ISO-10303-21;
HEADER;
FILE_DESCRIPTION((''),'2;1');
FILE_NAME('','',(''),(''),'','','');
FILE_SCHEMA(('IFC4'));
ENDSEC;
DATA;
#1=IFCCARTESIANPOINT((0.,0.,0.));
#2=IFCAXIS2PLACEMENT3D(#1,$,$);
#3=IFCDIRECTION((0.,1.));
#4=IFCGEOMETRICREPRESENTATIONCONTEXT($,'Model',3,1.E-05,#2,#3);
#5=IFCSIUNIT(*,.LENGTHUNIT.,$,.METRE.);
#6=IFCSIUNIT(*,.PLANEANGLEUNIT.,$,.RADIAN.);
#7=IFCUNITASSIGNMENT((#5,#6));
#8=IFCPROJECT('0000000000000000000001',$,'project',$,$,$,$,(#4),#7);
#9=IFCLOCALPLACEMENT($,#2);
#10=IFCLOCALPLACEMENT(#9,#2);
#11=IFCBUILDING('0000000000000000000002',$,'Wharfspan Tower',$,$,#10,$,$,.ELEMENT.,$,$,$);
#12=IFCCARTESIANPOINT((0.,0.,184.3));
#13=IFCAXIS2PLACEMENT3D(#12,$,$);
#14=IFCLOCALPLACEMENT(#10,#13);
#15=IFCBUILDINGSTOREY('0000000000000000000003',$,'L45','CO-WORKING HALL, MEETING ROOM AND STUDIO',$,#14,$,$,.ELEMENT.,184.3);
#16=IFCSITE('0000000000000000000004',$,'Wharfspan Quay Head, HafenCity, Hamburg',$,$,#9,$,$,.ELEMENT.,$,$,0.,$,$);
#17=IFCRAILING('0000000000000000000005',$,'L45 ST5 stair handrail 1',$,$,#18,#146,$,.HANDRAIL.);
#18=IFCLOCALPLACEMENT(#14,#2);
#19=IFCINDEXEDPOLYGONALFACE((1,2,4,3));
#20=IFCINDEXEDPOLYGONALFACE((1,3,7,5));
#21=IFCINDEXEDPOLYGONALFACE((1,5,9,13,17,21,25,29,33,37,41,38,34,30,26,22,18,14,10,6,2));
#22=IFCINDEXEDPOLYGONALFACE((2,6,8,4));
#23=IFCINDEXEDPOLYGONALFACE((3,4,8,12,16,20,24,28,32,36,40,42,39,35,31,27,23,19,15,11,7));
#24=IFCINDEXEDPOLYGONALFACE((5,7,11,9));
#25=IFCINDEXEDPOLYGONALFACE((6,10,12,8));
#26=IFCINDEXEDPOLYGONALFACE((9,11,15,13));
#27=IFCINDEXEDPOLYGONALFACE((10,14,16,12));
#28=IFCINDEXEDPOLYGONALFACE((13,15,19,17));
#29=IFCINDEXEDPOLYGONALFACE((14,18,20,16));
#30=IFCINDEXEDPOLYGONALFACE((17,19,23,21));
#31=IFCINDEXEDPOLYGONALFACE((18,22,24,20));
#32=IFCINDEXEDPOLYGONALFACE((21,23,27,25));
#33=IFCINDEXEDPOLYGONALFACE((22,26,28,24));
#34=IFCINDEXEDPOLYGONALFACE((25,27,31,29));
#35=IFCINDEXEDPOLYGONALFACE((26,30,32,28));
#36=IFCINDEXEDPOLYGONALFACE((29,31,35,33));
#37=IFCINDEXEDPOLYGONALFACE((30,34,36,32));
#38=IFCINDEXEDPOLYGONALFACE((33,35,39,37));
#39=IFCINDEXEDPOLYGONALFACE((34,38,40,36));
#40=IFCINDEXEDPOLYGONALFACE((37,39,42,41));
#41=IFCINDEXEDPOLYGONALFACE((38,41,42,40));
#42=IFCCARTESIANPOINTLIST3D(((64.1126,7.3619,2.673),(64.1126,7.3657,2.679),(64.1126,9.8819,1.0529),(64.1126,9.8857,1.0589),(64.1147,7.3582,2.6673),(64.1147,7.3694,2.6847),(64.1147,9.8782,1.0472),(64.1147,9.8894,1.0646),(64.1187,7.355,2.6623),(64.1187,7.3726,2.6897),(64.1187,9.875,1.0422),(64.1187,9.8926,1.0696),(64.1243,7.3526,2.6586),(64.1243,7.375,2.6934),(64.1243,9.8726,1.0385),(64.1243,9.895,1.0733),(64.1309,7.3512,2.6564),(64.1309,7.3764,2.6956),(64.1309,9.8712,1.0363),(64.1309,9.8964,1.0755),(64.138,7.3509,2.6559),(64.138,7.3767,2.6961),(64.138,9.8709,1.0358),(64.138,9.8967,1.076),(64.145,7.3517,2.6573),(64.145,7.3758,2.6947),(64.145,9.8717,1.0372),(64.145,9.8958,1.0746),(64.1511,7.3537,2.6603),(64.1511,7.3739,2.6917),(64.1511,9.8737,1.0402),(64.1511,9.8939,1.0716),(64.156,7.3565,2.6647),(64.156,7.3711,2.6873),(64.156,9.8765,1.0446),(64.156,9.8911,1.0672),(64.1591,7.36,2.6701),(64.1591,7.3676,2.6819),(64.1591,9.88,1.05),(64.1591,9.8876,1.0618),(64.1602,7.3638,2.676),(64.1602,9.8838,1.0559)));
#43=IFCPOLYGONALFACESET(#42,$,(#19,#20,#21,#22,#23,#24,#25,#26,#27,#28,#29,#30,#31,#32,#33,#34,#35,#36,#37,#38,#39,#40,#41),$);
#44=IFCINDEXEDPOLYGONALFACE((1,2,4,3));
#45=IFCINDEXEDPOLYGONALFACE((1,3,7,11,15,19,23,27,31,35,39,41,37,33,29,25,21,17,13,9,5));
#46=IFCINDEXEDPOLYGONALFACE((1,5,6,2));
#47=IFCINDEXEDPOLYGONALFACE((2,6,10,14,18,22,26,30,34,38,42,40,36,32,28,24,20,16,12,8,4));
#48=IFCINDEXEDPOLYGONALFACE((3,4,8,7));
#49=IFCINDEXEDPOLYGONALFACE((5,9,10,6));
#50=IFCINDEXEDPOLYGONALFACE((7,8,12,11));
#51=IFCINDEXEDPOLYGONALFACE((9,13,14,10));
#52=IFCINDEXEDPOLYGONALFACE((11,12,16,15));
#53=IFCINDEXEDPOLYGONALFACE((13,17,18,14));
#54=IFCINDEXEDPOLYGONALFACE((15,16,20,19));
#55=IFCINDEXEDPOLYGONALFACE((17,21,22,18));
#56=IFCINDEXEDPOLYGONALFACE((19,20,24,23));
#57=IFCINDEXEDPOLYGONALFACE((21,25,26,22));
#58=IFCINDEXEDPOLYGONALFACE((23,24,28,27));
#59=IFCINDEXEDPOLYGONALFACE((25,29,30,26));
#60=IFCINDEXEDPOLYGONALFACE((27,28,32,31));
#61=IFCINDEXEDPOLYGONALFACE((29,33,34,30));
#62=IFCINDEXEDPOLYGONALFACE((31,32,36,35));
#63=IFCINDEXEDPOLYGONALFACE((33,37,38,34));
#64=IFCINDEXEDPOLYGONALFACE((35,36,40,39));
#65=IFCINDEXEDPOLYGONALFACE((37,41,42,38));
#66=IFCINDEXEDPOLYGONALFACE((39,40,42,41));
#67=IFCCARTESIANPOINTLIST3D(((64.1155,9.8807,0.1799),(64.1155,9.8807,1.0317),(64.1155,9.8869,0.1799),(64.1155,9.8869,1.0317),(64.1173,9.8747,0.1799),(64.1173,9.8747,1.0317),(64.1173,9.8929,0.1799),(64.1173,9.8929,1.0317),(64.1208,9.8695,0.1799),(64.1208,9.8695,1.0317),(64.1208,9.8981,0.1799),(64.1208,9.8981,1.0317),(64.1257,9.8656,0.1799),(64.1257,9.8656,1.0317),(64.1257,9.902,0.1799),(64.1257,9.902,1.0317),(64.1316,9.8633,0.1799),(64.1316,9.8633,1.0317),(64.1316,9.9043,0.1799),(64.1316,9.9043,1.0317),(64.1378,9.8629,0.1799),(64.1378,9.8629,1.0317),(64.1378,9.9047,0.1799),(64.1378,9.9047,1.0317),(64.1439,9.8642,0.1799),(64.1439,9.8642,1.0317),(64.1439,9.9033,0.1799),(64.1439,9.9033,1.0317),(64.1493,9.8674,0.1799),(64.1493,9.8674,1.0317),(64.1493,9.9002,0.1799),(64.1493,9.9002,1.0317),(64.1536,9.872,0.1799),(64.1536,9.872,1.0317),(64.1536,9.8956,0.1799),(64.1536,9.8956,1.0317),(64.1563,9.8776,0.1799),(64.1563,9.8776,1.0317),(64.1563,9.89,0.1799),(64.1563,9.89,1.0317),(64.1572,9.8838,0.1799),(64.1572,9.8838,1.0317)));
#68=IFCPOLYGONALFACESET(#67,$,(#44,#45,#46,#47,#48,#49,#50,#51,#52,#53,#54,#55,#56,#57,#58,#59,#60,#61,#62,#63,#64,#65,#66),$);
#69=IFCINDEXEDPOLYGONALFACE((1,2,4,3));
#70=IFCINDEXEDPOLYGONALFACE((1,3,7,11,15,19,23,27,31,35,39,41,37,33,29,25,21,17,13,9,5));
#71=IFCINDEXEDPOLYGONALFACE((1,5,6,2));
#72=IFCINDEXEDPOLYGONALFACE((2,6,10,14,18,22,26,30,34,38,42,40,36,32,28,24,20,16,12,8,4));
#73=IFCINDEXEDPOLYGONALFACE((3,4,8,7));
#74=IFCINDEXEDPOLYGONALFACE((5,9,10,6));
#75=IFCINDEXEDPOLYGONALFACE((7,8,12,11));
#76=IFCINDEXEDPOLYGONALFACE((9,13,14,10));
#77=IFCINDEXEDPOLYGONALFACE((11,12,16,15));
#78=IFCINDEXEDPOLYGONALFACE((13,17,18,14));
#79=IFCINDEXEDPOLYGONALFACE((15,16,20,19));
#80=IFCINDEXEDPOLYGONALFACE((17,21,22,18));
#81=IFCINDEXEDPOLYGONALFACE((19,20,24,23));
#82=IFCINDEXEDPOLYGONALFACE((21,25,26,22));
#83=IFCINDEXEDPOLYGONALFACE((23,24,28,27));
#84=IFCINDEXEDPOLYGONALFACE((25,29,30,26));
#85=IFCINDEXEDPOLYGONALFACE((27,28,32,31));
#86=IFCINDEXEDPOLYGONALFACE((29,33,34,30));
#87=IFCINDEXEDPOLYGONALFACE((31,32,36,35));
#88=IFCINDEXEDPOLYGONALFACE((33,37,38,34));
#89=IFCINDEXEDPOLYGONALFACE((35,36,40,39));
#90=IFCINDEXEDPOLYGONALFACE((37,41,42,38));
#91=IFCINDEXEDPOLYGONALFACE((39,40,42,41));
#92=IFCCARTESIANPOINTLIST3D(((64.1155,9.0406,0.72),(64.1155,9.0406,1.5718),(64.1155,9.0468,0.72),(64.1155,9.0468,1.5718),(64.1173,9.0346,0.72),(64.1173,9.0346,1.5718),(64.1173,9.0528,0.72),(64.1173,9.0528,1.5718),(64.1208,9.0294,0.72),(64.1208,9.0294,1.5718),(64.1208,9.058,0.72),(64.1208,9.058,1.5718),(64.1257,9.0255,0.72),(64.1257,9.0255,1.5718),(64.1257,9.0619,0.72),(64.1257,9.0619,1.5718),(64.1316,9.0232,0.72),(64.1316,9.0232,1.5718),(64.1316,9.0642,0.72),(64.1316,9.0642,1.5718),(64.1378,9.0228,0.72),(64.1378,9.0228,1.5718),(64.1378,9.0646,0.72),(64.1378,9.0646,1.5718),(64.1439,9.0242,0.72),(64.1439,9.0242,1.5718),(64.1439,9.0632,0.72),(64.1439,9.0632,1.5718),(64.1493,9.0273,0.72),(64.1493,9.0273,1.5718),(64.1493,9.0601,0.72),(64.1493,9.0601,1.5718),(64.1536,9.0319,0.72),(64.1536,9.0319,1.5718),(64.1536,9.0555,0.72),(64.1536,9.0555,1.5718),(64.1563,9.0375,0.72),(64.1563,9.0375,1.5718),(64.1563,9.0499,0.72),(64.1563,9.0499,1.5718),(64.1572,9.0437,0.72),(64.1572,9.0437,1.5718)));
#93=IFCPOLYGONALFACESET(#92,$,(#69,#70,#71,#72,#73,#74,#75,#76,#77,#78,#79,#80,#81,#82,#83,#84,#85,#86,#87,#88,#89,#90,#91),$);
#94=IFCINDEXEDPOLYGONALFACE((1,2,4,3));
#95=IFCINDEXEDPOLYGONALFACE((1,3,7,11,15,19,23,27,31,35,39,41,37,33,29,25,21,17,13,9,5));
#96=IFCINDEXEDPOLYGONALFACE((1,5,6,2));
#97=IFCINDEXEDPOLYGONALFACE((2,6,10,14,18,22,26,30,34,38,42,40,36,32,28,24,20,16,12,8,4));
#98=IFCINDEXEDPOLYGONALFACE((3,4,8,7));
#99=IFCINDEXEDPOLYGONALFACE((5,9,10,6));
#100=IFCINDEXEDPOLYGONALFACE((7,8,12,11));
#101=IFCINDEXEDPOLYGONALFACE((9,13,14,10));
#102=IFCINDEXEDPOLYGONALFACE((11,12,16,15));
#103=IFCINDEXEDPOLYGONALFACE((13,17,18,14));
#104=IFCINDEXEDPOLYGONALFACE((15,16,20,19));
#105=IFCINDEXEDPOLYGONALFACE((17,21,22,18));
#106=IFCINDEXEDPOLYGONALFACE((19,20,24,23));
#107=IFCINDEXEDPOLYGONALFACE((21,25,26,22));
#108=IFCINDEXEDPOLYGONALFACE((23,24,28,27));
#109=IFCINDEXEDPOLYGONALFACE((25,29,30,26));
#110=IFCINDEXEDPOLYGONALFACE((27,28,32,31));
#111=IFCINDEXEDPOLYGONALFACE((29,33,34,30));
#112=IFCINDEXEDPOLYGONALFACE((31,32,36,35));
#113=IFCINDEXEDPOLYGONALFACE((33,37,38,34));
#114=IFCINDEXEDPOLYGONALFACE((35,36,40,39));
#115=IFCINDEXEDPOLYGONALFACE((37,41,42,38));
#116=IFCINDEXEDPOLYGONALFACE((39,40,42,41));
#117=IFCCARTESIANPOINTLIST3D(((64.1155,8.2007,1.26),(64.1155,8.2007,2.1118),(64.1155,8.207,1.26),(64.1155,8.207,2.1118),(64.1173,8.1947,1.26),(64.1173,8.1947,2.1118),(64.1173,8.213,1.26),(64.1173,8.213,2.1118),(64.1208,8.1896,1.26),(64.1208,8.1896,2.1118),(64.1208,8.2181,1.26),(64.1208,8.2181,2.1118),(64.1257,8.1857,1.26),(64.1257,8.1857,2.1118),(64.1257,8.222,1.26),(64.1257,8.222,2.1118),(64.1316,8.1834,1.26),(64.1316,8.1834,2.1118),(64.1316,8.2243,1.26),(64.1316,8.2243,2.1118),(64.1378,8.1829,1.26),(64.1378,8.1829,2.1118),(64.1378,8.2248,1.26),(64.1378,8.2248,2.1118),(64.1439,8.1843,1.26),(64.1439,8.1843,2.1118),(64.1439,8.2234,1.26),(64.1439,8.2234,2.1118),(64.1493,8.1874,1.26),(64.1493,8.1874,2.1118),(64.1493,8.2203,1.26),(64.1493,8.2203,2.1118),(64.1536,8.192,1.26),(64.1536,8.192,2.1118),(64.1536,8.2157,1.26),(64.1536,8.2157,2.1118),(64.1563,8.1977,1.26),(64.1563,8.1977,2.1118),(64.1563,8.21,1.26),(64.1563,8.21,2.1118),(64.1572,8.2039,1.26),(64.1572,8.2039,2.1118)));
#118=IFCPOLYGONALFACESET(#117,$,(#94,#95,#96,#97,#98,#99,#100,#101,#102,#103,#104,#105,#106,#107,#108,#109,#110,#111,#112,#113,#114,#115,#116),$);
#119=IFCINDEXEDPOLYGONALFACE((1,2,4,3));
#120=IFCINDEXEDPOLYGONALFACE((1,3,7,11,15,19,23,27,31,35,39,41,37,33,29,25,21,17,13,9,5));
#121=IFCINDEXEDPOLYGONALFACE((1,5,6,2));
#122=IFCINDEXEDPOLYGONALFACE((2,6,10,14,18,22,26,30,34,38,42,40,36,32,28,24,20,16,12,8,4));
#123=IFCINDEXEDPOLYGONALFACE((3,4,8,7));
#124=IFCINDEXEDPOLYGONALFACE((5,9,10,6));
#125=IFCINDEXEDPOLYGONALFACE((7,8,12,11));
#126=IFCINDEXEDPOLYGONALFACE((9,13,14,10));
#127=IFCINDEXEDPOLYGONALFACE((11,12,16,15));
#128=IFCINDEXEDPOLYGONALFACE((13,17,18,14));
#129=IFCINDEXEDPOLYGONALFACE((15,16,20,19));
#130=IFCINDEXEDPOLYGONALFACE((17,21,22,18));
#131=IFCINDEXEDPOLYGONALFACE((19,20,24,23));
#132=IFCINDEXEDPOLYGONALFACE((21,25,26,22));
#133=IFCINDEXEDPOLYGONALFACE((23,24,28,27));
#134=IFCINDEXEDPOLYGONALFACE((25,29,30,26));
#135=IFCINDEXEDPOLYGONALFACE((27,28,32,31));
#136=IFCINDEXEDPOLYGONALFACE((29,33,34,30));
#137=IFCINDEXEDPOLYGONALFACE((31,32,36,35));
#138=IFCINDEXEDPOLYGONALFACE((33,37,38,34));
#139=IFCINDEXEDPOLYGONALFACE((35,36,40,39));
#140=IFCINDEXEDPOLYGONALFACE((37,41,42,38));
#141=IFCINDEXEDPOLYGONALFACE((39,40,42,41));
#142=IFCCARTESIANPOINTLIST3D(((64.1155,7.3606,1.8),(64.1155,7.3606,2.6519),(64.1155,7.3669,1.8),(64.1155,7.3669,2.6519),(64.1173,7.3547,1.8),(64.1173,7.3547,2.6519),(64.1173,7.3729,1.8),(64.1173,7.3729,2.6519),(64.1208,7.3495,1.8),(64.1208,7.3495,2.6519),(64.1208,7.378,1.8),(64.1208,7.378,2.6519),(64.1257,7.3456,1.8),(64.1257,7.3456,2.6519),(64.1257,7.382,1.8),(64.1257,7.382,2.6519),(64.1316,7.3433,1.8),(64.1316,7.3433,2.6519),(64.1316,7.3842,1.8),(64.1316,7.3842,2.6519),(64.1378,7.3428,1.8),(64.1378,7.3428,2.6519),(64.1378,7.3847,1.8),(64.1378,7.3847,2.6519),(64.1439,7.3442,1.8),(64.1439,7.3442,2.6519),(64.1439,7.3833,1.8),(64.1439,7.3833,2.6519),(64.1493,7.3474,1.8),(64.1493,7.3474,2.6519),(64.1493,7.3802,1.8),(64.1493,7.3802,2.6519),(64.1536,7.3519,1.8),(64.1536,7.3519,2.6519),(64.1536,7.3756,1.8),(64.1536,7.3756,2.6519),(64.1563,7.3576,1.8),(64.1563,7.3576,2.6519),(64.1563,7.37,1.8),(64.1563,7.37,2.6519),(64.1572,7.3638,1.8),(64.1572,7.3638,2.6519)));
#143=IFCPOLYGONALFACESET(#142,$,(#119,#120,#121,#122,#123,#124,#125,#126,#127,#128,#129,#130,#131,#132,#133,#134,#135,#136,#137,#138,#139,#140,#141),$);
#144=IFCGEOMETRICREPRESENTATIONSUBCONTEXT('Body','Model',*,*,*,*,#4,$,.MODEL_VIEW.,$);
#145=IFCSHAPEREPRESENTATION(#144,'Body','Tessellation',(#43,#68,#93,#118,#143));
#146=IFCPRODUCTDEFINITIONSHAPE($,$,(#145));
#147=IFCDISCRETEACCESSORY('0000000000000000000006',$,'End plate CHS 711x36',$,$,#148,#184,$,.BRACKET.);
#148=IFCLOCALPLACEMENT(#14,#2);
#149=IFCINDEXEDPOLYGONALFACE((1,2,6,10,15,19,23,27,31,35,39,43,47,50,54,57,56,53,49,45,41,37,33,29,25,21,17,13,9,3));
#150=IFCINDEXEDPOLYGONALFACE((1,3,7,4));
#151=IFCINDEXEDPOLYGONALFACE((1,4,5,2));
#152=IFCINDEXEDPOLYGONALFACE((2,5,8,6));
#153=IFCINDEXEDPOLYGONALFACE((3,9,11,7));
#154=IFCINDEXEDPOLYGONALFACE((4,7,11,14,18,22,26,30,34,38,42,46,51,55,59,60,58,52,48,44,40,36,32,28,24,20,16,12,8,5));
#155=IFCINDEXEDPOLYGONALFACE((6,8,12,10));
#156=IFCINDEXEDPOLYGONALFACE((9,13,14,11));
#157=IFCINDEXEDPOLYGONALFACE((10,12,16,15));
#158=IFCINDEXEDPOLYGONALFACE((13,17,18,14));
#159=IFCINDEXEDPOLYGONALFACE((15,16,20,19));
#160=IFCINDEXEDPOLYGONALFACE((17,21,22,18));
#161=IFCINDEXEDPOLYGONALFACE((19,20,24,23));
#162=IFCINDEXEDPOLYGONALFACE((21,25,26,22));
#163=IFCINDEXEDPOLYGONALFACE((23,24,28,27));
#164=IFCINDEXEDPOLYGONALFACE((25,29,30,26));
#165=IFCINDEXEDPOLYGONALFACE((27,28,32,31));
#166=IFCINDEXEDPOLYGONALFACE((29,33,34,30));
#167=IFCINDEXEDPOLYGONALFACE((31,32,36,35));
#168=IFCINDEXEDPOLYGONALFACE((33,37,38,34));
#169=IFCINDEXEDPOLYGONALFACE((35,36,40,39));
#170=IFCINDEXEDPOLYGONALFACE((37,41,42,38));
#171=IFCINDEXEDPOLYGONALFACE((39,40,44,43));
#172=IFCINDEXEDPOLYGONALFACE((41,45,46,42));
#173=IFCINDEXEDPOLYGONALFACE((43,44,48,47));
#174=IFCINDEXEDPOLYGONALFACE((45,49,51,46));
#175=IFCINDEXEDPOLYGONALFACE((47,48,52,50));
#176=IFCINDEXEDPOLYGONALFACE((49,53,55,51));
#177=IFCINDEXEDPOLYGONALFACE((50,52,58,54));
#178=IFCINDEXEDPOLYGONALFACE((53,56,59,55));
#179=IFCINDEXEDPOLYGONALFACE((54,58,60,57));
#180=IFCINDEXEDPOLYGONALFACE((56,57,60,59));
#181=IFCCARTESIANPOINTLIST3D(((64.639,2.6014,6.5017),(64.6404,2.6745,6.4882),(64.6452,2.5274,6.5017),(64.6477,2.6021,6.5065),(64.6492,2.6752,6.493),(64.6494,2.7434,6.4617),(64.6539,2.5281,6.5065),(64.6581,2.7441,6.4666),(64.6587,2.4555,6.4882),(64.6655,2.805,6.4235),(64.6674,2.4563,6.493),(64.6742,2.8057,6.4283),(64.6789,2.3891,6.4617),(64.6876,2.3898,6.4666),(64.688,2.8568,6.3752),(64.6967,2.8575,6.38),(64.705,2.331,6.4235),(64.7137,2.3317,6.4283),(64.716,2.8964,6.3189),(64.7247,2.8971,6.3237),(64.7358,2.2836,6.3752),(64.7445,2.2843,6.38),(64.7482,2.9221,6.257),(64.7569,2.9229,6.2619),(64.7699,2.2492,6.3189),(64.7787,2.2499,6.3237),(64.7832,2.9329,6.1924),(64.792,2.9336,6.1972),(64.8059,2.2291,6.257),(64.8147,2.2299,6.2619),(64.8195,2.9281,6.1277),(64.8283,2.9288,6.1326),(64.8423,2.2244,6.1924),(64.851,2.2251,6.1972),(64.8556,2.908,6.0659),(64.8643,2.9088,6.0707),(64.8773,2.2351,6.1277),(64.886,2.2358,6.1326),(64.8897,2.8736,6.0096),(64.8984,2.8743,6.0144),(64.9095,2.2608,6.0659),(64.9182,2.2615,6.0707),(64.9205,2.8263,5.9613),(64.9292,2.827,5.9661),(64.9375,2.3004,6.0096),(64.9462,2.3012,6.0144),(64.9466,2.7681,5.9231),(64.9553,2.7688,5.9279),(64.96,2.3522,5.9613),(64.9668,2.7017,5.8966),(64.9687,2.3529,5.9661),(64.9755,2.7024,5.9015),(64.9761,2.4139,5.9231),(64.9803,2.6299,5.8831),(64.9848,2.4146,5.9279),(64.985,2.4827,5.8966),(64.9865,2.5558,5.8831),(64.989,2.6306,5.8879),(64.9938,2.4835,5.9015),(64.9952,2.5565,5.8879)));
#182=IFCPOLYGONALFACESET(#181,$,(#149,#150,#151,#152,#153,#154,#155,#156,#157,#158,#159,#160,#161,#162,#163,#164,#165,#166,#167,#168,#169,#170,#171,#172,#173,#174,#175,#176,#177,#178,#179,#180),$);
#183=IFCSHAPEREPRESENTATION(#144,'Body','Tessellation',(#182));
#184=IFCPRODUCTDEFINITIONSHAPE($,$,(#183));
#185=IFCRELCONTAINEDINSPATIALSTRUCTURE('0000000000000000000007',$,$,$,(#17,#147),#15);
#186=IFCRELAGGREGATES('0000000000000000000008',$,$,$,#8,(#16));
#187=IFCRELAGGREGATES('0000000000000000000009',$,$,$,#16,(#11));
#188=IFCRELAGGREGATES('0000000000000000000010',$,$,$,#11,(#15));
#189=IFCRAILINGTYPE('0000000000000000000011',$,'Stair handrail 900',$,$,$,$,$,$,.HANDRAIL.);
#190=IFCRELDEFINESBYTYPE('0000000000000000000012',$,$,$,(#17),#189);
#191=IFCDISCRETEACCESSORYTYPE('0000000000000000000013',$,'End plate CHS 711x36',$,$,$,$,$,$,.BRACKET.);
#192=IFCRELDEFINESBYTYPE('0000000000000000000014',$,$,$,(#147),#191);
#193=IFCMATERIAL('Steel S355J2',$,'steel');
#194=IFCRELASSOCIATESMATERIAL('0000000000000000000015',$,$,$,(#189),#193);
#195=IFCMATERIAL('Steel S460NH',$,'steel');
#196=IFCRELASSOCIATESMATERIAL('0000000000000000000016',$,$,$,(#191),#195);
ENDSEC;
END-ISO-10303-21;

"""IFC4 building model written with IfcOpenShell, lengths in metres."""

from ifc_helpers import new_model, si_unit, direction, frame, origin, origin_2d, place, context, subcontext, project, spatial, circle, extrude, material, material_profile, profile_set, type_object, element, save


model = new_model("IFC4")

# Units and contexts
model_context = context("Model", 3, precision=1e-05, world=origin(), true_north=direction((0.0, 1.0)))
body_context = subcontext(model_context, "Body", "Model", "MODEL_VIEW")
ifc_project = project(units=[si_unit("LENGTHUNIT", "METRE"), si_unit("PLANEANGLEUNIT", "RADIAN")], contexts=[model_context])

# Site, building, storey
site_placement = place(None, origin())
site = spatial("IfcSite", under=ifc_project, at=site_placement, Name="Wharfspan Quay Head, HafenCity, Hamburg", CompositionType="ELEMENT", RefElevation=0.0)
building_placement = place(site_placement, origin())
building = spatial("IfcBuilding", under=site, at=building_placement, Name="Wharfspan Tower", CompositionType="ELEMENT")
storey_placement = place(building_placement, frame((0.0, 0.0, 184.3)))
storey = spatial("IfcBuildingStorey", under=building, at=storey_placement, Name="L45", Description="CO-WORKING HALL, MEETING ROOM AND STUDIO", CompositionType="ELEMENT", Elevation=184.3)

# Shared definitions
ifc_material_1 = material(Name="Steel S355J2", Category="steel")

# Shared definitions
ifc_material_2 = material(Name="Steel S460NH", Category="steel")

# Railing
railing_type_1 = type_object("IfcRailingType", Name="Stair handrail 900", PredefinedType="HANDRAIL", material=ifc_material_1)
railing_1_placement = place(storey_placement, frame((64.1362, 9.8838, 0.1799)))
element("IfcRailing", 1, at=railing_1_placement, inside=storey, type_object=railing_type_1, Name="L45 ST5 stair handrail 1", PredefinedType="HANDRAIL", context=body_context, shape_type="SweptSolid", body=[
    extrude(circle(Radius=0.0239, at=origin_2d()), frame((0.0, 0.0, 0.876), z_axis=(0.0, -0.841163, 0.540782), x_axis=(1.0, 0.0, 0.0)), (0.0, 0.0, 1.0), 2.9958),
    extrude(circle(Radius=0.021, at=origin_2d()), origin(), (0.0, 0.0, 1.0), 0.8518),
    extrude(circle(Radius=0.021, at=origin_2d()), frame((0.0, -0.8401, 0.54)), (0.0, 0.0, 1.0), 0.8518),
    extrude(circle(Radius=0.021, at=origin_2d()), frame((0.0, -1.6799, 1.0801)), (0.0, 0.0, 1.0), 0.8518),
    extrude(circle(Radius=0.021, at=origin_2d()), frame((0.0, -2.52, 1.6201)), (0.0, 0.0, 1.0), 0.8518),
])

# Discrete accessory
ifc_material_profile_1 = material_profile(ifc_material_2, circle(Radius=0.3555, at=origin_2d()))
ifc_profile_set_1 = profile_set([ifc_material_profile_1], Name="Steel S460NH")
discrete_accessory_type = type_object("IfcDiscreteAccessoryType", Name="End plate CHS 711x36", PredefinedType="BRACKET", material=ifc_profile_set_1)
discrete_accessory_placement = place(storey_placement, frame((64.8127, 2.5786, 6.1924), z_axis=(0.871847, 0.072654, 0.484359), x_axis=(-0.083044, 0.996547, -0.000003)))
element("IfcDiscreteAccessory", 2, at=discrete_accessory_placement, inside=storey, type_object=discrete_accessory_type, Name="End plate CHS 711x36", PredefinedType="BRACKET", context=body_context, shape_type="SweptSolid", body=[
    extrude(circle(Radius=0.3555, at=origin_2d()), origin(), (0.0, 0.0, 1.0), 0.01),
])

save(model, "model.ifc")
